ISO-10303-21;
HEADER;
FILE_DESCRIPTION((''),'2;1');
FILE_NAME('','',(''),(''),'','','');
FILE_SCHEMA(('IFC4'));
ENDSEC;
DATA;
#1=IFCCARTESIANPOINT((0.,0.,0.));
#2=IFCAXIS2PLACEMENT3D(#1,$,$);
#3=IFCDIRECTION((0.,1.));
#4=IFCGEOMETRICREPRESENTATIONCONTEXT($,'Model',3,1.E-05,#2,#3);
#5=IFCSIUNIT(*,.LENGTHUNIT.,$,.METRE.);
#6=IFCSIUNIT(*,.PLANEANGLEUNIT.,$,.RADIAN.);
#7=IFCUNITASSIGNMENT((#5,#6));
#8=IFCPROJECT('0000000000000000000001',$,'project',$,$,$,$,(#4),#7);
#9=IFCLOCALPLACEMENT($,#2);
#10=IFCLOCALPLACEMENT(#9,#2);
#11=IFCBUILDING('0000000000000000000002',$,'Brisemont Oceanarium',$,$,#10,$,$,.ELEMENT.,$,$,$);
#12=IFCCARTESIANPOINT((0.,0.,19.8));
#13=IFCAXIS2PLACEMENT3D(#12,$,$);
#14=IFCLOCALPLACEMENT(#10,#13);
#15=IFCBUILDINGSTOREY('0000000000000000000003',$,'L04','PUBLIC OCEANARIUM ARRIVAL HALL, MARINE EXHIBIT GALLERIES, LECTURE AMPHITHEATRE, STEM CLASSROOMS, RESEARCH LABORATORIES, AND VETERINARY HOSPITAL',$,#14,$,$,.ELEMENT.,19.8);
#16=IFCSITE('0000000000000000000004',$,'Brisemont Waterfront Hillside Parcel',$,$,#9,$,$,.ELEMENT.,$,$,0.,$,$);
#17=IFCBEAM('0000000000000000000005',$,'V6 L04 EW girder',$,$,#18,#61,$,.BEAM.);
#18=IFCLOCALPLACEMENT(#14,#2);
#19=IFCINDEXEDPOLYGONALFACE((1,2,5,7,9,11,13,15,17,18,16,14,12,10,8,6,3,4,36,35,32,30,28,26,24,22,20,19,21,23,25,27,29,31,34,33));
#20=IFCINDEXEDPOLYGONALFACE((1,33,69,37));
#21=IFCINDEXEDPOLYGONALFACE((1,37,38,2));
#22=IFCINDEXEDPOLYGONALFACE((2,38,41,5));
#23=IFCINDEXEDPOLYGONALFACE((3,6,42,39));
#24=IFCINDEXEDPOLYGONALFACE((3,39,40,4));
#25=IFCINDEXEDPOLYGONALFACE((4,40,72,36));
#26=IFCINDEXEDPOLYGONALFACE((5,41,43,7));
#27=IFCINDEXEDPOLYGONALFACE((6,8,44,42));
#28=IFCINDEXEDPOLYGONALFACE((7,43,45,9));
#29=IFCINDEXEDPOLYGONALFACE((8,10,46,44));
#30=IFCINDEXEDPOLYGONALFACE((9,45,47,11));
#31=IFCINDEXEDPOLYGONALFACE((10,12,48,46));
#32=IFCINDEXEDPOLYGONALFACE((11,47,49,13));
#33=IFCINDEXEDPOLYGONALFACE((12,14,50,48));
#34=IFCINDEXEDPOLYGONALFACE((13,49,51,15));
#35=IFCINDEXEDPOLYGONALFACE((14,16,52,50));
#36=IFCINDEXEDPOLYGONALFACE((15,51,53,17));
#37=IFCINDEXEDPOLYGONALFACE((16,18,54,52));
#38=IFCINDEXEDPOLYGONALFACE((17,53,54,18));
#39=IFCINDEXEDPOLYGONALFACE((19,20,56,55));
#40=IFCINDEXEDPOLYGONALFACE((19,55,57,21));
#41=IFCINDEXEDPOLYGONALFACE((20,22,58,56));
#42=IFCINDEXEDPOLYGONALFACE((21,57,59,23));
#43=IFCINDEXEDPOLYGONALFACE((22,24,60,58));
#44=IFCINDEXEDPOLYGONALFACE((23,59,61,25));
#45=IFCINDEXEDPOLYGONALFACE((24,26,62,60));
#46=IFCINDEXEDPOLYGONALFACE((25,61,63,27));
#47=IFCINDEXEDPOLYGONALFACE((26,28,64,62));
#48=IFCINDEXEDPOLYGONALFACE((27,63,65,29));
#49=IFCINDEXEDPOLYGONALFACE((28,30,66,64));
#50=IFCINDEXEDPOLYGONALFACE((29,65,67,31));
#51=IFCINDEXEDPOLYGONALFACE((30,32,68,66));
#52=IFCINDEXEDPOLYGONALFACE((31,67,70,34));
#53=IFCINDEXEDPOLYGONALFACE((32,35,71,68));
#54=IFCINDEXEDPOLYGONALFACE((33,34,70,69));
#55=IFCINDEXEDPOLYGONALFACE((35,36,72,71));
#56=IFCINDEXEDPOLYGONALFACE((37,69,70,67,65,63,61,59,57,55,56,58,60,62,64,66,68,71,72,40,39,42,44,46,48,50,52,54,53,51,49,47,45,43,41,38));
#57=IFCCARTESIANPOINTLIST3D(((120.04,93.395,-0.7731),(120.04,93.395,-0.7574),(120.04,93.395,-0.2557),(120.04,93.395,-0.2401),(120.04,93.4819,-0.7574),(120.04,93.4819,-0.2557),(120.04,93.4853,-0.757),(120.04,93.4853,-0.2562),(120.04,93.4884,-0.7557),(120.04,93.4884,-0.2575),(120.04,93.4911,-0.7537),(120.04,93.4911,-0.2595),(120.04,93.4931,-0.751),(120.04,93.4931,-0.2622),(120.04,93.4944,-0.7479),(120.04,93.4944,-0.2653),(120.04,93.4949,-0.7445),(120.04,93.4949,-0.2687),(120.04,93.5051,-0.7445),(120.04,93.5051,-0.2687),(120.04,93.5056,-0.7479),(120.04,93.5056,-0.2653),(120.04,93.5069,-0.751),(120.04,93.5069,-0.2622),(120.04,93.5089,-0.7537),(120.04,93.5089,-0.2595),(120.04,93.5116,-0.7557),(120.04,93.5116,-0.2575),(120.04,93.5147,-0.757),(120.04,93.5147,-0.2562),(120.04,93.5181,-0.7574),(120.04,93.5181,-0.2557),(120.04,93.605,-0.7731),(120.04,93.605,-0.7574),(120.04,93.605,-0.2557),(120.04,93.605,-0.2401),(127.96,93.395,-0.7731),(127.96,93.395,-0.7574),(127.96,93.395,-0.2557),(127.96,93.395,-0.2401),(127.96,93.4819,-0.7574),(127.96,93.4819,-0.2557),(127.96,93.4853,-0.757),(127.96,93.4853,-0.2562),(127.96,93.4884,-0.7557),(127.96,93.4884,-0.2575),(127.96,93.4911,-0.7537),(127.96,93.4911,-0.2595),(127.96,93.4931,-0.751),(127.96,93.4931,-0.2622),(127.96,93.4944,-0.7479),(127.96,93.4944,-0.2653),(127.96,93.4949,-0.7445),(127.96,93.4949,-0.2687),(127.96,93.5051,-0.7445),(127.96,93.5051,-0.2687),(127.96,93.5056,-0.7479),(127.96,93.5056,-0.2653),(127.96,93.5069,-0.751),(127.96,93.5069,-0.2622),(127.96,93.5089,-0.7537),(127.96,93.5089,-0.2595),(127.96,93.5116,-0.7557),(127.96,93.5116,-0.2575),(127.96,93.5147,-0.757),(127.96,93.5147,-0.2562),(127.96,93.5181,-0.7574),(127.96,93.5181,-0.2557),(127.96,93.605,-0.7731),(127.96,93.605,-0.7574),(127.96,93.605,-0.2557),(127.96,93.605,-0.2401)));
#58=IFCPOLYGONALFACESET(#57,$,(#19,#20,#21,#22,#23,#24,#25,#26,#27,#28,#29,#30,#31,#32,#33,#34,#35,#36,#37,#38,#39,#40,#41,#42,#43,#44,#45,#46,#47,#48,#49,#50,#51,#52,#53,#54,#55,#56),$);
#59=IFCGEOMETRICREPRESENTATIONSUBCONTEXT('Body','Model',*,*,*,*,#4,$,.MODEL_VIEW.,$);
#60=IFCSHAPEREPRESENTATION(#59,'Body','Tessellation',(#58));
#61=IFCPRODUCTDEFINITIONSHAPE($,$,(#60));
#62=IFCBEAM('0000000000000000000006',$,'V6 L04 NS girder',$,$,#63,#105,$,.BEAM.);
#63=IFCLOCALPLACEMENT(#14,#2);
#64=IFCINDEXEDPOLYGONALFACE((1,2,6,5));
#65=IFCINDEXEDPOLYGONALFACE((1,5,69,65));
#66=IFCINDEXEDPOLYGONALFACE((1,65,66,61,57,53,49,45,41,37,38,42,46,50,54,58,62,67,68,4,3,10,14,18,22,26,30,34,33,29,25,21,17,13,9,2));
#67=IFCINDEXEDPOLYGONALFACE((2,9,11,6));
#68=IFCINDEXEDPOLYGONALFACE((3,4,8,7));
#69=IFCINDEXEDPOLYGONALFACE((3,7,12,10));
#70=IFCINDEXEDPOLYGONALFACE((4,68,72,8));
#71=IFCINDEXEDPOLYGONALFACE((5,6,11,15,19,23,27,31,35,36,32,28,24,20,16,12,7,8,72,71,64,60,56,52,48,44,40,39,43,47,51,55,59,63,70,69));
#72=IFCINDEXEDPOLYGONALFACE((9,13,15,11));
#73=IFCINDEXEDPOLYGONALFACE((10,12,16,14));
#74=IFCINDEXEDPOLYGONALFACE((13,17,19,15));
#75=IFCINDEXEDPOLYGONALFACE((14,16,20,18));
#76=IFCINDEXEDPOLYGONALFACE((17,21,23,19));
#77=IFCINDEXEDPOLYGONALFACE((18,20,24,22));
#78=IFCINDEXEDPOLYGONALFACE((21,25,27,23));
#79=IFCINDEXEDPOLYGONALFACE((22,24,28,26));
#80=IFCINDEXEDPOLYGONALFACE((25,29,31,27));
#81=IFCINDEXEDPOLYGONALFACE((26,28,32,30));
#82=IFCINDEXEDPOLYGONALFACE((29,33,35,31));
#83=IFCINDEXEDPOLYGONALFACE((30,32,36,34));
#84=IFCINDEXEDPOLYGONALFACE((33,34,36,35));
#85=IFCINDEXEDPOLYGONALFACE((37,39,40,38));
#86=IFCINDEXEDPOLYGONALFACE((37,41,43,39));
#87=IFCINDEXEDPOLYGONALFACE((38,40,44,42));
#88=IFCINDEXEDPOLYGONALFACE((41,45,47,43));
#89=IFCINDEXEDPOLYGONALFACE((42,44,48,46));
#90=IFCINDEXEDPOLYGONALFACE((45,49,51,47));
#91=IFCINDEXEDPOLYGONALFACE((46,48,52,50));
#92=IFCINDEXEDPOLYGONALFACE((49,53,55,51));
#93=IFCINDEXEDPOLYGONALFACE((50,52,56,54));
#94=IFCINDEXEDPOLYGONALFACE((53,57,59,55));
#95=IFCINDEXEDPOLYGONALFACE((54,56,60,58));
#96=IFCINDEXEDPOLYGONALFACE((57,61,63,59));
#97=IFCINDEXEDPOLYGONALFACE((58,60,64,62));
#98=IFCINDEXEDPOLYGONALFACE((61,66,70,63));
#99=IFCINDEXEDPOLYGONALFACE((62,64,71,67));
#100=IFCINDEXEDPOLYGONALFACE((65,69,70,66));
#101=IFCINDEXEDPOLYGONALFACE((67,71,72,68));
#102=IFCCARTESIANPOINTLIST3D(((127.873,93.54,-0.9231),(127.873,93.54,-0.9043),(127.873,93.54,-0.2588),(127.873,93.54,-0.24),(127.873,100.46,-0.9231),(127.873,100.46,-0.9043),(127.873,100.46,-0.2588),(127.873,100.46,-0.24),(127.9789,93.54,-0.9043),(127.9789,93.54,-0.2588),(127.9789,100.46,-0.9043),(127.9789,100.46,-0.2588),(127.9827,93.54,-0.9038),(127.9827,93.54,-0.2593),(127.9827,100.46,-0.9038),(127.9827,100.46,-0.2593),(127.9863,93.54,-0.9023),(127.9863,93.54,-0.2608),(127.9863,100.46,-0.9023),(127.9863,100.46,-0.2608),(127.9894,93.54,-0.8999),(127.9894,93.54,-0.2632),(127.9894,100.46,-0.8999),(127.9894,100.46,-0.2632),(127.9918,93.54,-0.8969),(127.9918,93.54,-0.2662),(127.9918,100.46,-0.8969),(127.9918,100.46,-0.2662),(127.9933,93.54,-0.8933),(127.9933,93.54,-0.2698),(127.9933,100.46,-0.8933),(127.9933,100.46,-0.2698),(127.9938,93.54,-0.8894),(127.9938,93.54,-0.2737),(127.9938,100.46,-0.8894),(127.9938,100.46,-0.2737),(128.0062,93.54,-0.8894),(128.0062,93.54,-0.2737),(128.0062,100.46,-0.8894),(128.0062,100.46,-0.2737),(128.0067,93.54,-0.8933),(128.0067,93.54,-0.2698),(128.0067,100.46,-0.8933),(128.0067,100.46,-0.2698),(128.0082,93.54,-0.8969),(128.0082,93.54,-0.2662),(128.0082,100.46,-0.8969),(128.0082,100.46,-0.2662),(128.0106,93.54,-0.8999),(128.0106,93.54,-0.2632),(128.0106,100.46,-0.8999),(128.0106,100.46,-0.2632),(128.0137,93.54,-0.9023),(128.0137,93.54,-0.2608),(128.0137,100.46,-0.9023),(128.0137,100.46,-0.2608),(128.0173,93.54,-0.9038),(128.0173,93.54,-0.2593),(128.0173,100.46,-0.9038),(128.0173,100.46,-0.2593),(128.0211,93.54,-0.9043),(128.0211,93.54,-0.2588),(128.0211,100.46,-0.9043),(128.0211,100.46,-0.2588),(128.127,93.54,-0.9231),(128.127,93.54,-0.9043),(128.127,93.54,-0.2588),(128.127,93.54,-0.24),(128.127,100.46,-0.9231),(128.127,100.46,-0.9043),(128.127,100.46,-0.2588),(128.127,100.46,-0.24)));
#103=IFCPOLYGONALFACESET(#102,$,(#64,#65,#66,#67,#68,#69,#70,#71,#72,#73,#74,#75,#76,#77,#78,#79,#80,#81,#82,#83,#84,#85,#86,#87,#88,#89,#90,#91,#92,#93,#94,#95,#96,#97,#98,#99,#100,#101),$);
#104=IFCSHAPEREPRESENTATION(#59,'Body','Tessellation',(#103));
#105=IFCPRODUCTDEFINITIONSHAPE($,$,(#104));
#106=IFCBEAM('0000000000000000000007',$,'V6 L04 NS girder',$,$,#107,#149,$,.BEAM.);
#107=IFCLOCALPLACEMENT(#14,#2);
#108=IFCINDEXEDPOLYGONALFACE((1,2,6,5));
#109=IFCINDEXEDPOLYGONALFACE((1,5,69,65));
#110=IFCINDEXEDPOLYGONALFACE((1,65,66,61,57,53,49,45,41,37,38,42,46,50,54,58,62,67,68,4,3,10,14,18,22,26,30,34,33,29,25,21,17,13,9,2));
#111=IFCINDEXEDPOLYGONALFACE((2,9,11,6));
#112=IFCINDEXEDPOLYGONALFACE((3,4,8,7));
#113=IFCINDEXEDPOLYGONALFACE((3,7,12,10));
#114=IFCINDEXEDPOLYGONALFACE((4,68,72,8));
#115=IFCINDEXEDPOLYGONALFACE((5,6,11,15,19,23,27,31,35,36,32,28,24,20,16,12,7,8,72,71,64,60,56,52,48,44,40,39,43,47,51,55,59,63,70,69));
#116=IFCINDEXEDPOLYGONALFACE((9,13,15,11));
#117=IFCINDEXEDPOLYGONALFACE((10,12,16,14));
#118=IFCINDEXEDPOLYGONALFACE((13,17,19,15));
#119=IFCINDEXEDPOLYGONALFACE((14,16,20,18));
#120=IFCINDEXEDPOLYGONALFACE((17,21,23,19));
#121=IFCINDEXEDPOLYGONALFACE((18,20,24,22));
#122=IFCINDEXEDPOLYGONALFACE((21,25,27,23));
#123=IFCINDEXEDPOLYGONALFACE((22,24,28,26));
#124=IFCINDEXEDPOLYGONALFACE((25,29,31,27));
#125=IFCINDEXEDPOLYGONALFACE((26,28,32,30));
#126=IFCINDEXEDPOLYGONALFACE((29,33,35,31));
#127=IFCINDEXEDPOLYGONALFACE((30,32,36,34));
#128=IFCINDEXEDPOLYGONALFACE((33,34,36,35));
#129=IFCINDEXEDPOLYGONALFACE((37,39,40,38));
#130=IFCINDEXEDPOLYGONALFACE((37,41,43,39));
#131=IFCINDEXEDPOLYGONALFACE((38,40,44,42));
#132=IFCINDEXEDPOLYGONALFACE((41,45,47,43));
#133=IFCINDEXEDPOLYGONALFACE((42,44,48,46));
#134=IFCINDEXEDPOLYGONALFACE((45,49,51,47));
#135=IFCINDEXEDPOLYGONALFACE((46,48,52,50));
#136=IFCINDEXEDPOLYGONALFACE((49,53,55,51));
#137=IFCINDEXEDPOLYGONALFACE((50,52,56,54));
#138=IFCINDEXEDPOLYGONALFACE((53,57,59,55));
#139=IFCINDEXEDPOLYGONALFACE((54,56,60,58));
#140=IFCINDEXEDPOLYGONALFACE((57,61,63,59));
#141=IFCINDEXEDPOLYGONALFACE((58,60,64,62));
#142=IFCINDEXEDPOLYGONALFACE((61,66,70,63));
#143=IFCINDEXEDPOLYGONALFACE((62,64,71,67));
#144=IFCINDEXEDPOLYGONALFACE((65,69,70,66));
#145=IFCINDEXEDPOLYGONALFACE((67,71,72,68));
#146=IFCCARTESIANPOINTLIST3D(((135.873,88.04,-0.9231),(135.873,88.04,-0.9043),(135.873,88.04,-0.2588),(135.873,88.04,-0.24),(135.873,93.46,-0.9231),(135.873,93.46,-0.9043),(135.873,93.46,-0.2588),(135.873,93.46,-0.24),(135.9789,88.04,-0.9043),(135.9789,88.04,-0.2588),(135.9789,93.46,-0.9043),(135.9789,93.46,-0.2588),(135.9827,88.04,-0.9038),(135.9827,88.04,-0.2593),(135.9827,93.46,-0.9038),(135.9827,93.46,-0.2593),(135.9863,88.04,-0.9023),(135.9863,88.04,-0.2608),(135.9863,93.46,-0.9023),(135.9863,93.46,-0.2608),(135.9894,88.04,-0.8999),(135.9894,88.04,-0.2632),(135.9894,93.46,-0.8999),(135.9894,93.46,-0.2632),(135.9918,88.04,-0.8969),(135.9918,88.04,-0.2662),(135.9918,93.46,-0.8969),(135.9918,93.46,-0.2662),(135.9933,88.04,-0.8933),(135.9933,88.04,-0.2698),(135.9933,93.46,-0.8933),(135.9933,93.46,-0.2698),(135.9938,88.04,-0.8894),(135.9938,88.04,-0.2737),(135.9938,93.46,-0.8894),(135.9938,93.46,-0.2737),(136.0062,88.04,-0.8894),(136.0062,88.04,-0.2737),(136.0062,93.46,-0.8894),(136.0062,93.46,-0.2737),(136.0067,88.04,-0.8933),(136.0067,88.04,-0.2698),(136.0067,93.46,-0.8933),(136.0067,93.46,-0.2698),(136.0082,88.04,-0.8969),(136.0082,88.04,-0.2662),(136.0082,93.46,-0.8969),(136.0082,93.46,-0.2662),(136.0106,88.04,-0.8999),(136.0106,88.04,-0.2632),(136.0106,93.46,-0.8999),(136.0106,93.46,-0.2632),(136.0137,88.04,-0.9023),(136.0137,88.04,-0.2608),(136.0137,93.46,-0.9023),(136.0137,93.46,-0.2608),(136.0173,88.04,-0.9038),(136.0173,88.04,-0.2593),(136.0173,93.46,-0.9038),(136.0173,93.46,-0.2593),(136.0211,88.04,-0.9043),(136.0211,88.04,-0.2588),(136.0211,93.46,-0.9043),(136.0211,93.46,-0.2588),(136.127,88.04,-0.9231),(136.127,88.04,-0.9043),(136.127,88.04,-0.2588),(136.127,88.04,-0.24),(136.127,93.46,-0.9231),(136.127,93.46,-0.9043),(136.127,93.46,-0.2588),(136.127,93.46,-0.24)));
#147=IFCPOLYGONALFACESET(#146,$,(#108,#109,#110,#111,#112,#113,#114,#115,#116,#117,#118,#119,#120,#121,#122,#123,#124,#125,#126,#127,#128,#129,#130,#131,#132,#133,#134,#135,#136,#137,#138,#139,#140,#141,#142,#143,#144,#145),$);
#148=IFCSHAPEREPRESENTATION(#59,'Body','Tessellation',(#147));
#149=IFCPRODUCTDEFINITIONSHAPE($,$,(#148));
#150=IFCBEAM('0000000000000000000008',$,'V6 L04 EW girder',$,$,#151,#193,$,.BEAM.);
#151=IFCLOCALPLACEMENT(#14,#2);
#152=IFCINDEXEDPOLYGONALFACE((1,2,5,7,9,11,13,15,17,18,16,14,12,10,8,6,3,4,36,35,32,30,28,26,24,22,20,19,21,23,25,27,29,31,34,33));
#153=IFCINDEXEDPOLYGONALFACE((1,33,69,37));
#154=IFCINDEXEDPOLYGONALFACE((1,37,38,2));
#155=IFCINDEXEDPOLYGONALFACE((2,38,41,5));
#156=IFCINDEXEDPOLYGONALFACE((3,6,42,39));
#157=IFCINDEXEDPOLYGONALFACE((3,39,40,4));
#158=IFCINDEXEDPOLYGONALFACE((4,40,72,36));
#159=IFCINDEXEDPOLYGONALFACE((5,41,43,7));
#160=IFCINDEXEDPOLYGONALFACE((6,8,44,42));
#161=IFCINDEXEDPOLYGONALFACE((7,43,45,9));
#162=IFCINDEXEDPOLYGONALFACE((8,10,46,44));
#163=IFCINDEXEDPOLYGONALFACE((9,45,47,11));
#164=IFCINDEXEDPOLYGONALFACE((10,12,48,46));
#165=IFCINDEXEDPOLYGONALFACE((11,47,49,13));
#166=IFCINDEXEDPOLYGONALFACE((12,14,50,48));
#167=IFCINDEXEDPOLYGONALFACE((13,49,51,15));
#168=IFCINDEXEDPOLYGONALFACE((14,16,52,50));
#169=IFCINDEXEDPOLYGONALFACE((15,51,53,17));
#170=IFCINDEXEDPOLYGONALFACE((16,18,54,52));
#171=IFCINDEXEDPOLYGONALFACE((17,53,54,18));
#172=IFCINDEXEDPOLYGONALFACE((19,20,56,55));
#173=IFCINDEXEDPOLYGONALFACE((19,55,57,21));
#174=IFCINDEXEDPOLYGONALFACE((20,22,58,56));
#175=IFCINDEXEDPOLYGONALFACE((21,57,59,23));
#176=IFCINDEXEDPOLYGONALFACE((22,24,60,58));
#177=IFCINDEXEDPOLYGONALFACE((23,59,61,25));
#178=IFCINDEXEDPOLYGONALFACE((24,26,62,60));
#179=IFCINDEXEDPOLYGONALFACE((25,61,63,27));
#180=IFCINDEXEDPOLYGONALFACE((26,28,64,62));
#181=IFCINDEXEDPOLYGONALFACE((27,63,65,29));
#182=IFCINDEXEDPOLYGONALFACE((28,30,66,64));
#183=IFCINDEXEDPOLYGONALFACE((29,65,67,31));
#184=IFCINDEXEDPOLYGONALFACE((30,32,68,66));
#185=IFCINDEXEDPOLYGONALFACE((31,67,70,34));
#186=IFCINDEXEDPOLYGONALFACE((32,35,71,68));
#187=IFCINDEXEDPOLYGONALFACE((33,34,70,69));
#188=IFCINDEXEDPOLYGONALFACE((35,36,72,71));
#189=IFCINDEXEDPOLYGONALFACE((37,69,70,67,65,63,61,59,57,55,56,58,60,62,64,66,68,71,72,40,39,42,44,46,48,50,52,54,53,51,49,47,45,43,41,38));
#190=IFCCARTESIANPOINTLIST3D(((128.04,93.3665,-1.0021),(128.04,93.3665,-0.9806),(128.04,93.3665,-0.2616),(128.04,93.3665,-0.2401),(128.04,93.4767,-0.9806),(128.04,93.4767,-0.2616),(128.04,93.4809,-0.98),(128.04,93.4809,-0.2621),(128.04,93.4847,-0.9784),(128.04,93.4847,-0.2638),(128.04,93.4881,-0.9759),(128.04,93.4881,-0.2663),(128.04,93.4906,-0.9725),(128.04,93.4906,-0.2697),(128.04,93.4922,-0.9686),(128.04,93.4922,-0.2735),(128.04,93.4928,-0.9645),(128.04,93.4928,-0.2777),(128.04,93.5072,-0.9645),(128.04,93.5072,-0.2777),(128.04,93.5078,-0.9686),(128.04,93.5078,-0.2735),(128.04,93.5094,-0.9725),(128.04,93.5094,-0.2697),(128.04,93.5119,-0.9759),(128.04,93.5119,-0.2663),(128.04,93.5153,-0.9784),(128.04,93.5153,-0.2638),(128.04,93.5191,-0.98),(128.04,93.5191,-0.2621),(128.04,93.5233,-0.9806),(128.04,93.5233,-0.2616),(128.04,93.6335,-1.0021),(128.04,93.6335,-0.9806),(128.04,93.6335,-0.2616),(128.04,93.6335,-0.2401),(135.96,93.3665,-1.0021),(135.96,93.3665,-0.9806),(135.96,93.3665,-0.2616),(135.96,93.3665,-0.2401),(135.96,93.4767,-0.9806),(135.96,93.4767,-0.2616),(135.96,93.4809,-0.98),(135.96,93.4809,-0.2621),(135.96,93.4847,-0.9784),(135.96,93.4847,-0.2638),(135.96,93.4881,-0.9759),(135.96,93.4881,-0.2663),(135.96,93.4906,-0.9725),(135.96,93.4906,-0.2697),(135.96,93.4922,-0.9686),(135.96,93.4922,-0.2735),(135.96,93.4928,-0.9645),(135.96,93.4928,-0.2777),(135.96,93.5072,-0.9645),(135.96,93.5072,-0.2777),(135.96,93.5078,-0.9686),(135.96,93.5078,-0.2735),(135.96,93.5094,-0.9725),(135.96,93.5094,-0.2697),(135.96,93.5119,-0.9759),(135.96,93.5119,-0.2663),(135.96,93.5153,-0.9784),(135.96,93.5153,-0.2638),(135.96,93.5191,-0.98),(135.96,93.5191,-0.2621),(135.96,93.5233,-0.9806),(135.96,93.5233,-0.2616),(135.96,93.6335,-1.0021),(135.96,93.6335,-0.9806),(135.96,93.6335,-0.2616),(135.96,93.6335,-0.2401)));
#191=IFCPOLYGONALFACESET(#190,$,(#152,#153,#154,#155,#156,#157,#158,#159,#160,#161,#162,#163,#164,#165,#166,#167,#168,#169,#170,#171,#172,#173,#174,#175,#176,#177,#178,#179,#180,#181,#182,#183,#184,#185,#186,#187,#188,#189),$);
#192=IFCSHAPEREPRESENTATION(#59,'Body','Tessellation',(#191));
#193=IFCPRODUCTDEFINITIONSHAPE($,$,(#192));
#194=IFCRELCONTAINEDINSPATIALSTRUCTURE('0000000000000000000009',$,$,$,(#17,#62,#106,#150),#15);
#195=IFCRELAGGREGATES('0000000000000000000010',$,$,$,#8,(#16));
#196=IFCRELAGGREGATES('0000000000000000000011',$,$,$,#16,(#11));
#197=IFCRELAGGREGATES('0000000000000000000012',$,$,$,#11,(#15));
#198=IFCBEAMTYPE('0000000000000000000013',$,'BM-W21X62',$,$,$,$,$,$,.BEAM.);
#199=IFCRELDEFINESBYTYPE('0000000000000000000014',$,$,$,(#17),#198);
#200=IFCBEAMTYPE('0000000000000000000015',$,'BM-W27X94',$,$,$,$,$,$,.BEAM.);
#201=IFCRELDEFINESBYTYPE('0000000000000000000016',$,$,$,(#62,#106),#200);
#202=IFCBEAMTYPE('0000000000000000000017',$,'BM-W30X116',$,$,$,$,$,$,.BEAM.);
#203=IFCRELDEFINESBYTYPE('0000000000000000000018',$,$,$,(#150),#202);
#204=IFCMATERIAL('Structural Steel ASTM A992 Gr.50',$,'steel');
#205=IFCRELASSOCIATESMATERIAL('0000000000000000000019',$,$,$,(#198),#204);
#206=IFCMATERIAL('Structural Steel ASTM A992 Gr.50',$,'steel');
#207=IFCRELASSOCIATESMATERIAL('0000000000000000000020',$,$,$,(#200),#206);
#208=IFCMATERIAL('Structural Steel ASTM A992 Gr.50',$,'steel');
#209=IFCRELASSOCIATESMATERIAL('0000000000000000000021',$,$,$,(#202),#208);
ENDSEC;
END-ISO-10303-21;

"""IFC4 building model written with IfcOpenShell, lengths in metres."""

from ifc_helpers import new_model, si_unit, direction, frame, origin, origin_2d, place, context, subcontext, project, spatial, i_section, extrude, material, material_profile, profile_set, type_object, element, save


model = new_model("IFC4")

# Units and contexts
model_context = context("Model", 3, precision=1e-05, world=origin(), true_north=direction((0.0, 1.0)))
body_context = subcontext(model_context, "Body", "Model", "MODEL_VIEW")
ifc_project = project(units=[si_unit("LENGTHUNIT", "METRE"), si_unit("PLANEANGLEUNIT", "RADIAN")], contexts=[model_context])

# Site, building, storey
site_placement = place(None, origin())
site = spatial("IfcSite", under=ifc_project, at=site_placement, Name="Brisemont Waterfront Hillside Parcel", CompositionType="ELEMENT", RefElevation=0.0)
building_placement = place(site_placement, origin())
building = spatial("IfcBuilding", under=site, at=building_placement, Name="Brisemont Oceanarium", CompositionType="ELEMENT")
storey_placement = place(building_placement, frame((0.0, 0.0, 19.8)))
storey = spatial("IfcBuildingStorey", under=building, at=storey_placement, Name="L04", Description="PUBLIC OCEANARIUM ARRIVAL HALL, MARINE EXHIBIT GALLERIES, LECTURE AMPHITHEATRE, STEM CLASSROOMS, RESEARCH LABORATORIES, AND VETERINARY HOSPITAL", CompositionType="ELEMENT", Elevation=19.8)

# Beams
ifc_material_1 = material(Name="Structural Steel ASTM A992 Gr.50", Category="steel")
ifc_material_profile_1 = material_profile(ifc_material_1, i_section(OverallWidth=0.21, OverallDepth=0.533, WebThickness=0.0103, FlangeThickness=0.0156, FilletRadius=0.0129, at=origin_2d()), Name="W21X62")
ifc_profile_set_1 = profile_set([ifc_material_profile_1], Name="Structural Steel ASTM A992 Gr.50")
beam_type_1 = type_object("IfcBeamType", Name="BM-W21X62", PredefinedType="BEAM", material=ifc_profile_set_1)
for number, where, z_axis, x_axis, name in (
    (1, (120.04, 93.5, -0.5066), (1.0, 0.0, 0.0), (0.0, 1.0, 0.0), "V6 L04 EW girder"),
):
    element("IfcBeam", number, at=place(storey_placement, frame(where, z_axis=z_axis, x_axis=x_axis)), inside=storey, type_object=beam_type_1, Name=name, PredefinedType="BEAM", context=body_context, shape_type="SweptSolid", body=[
        extrude(i_section(OverallWidth=0.21, OverallDepth=0.533, WebThickness=0.0103, FlangeThickness=0.0156, FilletRadius=0.0129, at=origin_2d()), origin(), (0.0, 0.0, 1.0), 7.9199),
    ])
ifc_material_2 = material(Name="Structural Steel ASTM A992 Gr.50", Category="steel")
ifc_material_profile_2 = material_profile(ifc_material_2, i_section(OverallWidth=0.2539, OverallDepth=0.6831, WebThickness=0.0125, FlangeThickness=0.0188, FilletRadius=0.0149, at=origin_2d()), Name="W27X94")
ifc_profile_set_2 = profile_set([ifc_material_profile_2], Name="Structural Steel ASTM A992 Gr.50")
beam_type_2 = type_object("IfcBeamType", Name="BM-W27X94", PredefinedType="BEAM", material=ifc_profile_set_2)
beam_1_placement = place(storey_placement, frame((128.0, 93.54, -0.5815), z_axis=(0.0, 1.0, 0.0), x_axis=(-1.0, 0.0, 0.0)))
element("IfcBeam", 2, at=beam_1_placement, inside=storey, type_object=beam_type_2, Name="V6 L04 NS girder", PredefinedType="BEAM", context=body_context, shape_type="SweptSolid", body=[
    extrude(i_section(OverallWidth=0.2539, OverallDepth=0.6831, WebThickness=0.0125, FlangeThickness=0.0188, FilletRadius=0.0149, at=origin_2d()), origin(), (0.0, 0.0, 1.0), 6.9199),
])
beam_2_placement = place(storey_placement, frame((136.0, 88.04, -0.5815), z_axis=(0.0, 1.0, 0.0), x_axis=(-1.0, 0.0, 0.0)))
element("IfcBeam", 3, at=beam_2_placement, inside=storey, type_object=beam_type_2, Name="V6 L04 NS girder", PredefinedType="BEAM", context=body_context, shape_type="SweptSolid", body=[
    extrude(i_section(OverallWidth=0.2539, OverallDepth=0.6831, WebThickness=0.0125, FlangeThickness=0.0188, FilletRadius=0.0149, at=origin_2d()), origin(), (0.0, 0.0, 1.0), 5.4199),
])
ifc_material_3 = material(Name="Structural Steel ASTM A992 Gr.50", Category="steel")
ifc_material_profile_3 = material_profile(ifc_material_3, i_section(OverallWidth=0.2671, OverallDepth=0.762, WebThickness=0.0144, FlangeThickness=0.0215, FilletRadius=0.0161, at=origin_2d()), Name="W30X116")
ifc_profile_set_3 = profile_set([ifc_material_profile_3], Name="Structural Steel ASTM A992 Gr.50")
beam_type_3 = type_object("IfcBeamType", Name="BM-W30X116", PredefinedType="BEAM", material=ifc_profile_set_3)
for number, where, z_axis, x_axis, name in (
    (4, (128.04, 93.5, -0.6211), (1.0, 0.0, 0.0), (0.0, 1.0, 0.0), "V6 L04 EW girder"),
):
    element("IfcBeam", number, at=place(storey_placement, frame(where, z_axis=z_axis, x_axis=x_axis)), inside=storey, type_object=beam_type_3, Name=name, PredefinedType="BEAM", context=body_context, shape_type="SweptSolid", body=[
        extrude(i_section(OverallWidth=0.2671, OverallDepth=0.762, WebThickness=0.0144, FlangeThickness=0.0215, FilletRadius=0.0161, at=origin_2d()), origin(), (0.0, 0.0, 1.0), 7.9199),
    ])

save(model, "model.ifc")
